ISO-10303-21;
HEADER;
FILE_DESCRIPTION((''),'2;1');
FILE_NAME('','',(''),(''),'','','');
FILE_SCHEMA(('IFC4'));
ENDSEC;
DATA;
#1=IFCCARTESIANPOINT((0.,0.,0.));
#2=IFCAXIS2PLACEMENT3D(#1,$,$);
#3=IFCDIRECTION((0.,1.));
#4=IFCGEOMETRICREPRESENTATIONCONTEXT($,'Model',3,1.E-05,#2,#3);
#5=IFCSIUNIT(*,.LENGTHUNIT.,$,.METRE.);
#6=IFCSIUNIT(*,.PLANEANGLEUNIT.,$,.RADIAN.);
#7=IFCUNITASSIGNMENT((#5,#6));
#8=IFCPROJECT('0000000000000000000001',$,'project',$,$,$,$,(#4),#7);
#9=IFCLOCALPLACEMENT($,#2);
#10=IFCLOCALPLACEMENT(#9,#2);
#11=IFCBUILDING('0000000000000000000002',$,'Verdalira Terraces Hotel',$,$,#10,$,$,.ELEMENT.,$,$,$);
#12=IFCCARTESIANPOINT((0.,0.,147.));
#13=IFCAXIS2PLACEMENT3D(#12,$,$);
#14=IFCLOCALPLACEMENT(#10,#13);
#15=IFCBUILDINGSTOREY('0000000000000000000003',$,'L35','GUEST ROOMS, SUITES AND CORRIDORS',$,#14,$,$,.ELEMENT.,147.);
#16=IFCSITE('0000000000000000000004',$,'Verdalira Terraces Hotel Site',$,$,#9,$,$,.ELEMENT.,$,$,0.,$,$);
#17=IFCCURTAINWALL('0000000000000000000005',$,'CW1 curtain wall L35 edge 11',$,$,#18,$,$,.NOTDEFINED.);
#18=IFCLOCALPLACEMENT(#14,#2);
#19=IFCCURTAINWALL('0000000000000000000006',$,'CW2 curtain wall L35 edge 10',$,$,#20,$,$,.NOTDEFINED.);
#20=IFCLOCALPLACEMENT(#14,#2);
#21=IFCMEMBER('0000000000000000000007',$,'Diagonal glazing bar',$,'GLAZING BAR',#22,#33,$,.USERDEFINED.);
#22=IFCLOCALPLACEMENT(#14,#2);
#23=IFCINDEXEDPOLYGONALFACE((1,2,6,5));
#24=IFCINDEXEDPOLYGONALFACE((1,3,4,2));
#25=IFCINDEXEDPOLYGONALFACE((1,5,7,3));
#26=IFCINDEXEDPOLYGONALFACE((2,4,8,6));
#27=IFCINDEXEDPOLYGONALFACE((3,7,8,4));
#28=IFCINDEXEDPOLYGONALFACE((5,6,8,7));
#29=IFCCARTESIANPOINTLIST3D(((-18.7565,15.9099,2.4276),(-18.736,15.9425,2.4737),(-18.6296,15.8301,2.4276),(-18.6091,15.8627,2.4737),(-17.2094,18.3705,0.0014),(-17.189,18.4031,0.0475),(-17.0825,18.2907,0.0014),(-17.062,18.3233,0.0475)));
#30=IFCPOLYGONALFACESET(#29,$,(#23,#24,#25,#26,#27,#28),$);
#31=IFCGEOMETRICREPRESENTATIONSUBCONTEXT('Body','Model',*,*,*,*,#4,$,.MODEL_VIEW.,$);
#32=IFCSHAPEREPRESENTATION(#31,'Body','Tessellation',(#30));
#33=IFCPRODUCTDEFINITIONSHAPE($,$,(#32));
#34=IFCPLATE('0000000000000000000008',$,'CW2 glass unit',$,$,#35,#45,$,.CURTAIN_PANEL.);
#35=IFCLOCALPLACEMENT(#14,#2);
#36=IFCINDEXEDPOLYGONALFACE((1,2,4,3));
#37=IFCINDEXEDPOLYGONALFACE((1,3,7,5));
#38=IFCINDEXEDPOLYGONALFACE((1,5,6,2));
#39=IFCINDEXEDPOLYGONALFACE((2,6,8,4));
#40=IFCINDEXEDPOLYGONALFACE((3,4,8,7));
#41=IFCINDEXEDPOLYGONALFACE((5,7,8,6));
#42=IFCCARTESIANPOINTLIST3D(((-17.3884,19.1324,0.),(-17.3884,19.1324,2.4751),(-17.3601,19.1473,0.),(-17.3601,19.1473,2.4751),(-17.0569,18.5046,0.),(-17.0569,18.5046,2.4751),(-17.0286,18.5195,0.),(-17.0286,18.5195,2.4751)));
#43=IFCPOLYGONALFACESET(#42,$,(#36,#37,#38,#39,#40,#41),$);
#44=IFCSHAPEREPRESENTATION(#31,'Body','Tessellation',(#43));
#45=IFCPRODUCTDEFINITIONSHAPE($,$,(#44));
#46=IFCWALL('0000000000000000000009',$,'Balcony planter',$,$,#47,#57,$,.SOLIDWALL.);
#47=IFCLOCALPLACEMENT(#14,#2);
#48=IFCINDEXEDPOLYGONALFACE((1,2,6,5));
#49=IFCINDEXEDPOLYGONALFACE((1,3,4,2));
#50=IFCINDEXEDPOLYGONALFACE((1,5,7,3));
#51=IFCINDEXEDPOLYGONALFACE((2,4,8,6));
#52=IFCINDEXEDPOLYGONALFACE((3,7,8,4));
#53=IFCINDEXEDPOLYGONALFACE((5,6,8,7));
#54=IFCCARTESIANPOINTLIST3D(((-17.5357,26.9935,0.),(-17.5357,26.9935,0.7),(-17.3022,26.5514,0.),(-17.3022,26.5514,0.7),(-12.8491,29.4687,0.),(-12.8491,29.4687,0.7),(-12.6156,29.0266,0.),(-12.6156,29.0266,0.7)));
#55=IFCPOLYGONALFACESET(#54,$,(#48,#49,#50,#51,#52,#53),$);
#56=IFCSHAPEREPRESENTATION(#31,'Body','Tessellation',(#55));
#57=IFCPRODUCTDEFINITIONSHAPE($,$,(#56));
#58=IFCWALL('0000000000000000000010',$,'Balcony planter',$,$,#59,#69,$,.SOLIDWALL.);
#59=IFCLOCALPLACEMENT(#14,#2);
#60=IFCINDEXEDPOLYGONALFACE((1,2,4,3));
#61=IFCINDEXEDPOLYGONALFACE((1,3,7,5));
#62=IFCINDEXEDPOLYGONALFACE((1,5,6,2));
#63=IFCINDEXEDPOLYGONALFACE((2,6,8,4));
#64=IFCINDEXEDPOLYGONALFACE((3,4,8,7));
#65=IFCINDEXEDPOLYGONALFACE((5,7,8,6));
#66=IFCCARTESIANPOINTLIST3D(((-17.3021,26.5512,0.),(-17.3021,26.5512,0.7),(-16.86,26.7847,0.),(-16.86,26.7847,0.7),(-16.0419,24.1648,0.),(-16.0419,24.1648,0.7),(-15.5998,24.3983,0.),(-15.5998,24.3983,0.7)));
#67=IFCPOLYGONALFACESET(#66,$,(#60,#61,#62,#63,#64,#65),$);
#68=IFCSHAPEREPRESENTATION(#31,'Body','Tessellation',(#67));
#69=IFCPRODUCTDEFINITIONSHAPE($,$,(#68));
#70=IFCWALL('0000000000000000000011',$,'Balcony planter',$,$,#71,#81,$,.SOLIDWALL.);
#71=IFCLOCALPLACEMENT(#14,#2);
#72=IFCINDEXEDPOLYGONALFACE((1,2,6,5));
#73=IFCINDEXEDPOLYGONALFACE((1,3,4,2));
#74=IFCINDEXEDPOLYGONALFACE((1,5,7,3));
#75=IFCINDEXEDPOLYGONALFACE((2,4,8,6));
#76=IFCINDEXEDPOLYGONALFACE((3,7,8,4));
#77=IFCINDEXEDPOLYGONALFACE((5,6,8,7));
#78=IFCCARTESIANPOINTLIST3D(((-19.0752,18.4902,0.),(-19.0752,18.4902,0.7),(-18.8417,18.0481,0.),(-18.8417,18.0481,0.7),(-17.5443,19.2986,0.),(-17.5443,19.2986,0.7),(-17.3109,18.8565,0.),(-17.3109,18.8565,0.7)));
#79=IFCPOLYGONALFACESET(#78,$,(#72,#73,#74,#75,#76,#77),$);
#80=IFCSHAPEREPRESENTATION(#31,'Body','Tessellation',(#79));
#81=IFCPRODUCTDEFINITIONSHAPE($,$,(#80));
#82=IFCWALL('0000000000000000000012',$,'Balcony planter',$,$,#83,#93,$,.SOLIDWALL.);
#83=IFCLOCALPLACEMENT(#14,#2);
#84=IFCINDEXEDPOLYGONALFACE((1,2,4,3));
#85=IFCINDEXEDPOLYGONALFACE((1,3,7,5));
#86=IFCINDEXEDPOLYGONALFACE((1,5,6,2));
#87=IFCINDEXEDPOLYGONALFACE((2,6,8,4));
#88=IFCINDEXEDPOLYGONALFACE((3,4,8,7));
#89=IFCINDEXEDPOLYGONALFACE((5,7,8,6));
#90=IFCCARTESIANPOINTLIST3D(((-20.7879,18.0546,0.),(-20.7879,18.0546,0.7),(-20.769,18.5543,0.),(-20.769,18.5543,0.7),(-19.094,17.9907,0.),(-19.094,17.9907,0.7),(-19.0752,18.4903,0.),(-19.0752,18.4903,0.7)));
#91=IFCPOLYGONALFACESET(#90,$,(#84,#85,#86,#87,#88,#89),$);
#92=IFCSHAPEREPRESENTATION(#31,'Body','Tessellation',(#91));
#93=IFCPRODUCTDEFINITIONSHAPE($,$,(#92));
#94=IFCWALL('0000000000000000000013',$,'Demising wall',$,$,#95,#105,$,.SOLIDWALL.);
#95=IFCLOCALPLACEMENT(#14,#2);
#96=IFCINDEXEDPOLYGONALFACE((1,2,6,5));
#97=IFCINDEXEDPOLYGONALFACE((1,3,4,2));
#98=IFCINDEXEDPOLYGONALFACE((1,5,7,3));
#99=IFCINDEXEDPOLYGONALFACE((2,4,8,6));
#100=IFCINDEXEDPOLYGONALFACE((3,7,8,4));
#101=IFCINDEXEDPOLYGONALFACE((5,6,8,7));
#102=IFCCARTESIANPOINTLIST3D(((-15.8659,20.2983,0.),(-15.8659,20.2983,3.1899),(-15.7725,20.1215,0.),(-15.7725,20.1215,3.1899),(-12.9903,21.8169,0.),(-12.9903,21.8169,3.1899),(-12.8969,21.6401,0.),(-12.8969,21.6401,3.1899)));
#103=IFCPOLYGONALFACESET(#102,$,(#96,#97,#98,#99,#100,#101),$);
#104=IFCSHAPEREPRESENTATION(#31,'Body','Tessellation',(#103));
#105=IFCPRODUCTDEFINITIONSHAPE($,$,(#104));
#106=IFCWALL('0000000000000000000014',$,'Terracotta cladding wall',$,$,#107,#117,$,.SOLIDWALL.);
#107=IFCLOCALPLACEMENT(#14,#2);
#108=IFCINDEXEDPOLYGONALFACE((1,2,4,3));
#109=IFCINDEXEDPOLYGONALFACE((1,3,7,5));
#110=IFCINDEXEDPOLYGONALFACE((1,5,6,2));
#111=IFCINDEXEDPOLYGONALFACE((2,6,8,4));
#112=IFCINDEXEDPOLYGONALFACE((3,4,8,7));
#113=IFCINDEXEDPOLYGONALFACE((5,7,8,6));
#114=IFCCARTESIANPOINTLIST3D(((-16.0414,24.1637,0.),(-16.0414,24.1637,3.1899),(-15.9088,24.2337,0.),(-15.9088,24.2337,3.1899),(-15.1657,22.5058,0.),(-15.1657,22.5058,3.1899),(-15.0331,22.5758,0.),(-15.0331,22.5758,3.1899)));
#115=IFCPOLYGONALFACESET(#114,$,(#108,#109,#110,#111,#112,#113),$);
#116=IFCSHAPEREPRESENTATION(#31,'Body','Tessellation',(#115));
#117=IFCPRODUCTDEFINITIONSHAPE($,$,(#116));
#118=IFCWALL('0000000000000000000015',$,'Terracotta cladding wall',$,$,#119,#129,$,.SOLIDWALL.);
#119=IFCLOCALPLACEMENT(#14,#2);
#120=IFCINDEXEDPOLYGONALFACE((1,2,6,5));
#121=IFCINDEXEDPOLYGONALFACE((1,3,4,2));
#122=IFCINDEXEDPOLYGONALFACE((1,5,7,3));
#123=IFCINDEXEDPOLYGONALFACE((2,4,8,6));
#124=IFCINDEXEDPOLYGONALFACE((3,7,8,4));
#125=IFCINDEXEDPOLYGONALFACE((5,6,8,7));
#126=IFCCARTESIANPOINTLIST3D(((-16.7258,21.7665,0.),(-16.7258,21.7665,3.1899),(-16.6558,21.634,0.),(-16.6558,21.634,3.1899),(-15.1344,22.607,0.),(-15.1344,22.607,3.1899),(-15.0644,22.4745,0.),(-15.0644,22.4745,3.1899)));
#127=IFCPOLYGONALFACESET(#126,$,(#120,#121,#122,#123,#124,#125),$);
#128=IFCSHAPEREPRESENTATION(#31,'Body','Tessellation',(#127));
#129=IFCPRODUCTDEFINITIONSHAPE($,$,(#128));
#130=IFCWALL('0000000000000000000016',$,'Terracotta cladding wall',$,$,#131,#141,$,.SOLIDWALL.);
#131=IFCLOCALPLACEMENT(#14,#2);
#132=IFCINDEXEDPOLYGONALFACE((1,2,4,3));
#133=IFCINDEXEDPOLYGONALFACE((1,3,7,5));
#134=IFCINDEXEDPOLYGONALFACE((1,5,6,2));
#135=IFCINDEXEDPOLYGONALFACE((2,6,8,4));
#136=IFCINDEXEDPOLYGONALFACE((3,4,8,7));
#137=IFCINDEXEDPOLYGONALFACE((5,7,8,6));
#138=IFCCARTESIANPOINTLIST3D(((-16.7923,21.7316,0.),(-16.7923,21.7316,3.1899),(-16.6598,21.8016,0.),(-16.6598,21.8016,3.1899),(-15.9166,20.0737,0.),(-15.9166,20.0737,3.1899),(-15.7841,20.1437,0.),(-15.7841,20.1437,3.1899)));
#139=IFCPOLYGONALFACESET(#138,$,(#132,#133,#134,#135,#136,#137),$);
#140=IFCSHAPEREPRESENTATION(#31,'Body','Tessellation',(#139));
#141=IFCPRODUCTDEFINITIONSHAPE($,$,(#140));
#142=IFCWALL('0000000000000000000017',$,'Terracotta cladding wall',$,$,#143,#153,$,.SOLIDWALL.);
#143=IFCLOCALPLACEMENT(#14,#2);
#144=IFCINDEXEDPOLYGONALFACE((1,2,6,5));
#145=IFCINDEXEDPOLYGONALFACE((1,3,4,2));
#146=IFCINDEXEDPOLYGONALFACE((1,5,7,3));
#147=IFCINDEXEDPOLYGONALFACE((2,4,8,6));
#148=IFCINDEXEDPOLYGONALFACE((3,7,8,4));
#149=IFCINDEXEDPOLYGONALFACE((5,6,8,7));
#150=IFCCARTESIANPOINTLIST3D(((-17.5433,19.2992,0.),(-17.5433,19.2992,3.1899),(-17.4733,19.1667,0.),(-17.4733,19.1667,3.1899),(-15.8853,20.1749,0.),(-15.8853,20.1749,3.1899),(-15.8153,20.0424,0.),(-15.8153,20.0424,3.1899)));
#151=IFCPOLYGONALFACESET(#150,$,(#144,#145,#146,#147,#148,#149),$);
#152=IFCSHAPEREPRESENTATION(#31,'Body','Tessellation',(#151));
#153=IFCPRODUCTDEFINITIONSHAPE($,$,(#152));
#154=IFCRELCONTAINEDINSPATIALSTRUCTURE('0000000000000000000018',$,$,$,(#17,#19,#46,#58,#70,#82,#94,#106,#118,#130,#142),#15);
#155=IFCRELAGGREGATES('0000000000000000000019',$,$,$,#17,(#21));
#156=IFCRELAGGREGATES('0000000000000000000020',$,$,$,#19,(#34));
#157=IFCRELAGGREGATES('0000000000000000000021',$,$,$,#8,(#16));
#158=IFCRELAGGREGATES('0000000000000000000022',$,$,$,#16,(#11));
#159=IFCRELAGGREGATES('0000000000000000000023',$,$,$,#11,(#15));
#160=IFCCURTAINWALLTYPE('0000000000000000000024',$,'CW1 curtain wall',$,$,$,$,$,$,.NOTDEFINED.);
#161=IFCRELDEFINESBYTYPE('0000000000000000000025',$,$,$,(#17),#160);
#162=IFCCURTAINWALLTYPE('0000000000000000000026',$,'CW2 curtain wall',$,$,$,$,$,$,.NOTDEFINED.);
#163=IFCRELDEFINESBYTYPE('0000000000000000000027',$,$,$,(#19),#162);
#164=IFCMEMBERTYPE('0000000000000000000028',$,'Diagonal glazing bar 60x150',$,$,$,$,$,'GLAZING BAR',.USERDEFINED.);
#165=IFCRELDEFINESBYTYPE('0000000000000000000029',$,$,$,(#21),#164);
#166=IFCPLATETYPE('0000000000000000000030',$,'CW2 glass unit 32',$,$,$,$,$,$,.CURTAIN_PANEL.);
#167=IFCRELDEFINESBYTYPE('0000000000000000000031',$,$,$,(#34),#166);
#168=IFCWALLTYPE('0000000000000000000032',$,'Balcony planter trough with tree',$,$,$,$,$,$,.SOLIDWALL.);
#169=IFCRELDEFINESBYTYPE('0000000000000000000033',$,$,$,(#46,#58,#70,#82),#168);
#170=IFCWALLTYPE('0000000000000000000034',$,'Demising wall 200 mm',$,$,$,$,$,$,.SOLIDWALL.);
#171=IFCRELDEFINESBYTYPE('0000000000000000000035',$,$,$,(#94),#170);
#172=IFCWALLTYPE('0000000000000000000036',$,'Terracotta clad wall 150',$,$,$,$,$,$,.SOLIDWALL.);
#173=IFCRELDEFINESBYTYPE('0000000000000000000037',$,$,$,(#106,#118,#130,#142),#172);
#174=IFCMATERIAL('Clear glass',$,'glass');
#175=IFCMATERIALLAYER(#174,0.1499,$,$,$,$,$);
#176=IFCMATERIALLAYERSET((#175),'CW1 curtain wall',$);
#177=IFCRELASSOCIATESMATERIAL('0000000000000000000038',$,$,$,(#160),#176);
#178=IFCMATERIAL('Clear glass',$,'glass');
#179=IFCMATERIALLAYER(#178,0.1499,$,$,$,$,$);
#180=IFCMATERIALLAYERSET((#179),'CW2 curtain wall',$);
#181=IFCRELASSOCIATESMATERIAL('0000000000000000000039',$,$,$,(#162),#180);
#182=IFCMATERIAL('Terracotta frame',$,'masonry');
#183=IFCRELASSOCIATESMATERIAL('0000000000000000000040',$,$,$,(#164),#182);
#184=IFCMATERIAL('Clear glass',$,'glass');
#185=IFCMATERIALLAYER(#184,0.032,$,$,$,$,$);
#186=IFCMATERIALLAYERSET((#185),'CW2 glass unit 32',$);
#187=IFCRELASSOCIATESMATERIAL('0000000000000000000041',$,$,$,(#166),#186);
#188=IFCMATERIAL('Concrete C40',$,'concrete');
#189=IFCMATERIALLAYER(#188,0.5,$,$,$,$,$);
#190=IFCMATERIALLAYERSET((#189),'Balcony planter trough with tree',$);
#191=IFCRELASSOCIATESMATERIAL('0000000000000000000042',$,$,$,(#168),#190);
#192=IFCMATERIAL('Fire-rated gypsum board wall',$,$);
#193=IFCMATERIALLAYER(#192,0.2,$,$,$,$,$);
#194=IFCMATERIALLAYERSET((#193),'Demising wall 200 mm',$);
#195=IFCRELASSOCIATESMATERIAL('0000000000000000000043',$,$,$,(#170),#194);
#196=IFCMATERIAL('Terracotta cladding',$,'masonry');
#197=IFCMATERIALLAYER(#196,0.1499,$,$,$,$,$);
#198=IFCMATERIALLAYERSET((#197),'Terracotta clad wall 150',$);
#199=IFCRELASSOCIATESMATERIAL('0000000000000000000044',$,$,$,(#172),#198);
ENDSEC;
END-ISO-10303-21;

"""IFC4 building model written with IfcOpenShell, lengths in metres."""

from ifc_helpers import new_model, si_unit, direction, frame, frame_2d, origin, origin_2d, place, context, subcontext, project, spatial, rectangle, extrude, material, layer, layer_set, material_profile, profile_set, type_object, element, aggregate, save


model = new_model("IFC4")

# Units and contexts
model_context = context("Model", 3, precision=1e-05, world=origin(), true_north=direction((0.0, 1.0)))
body_context = subcontext(model_context, "Body", "Model", "MODEL_VIEW")
ifc_project = project(units=[si_unit("LENGTHUNIT", "METRE"), si_unit("PLANEANGLEUNIT", "RADIAN")], contexts=[model_context])

# Site, building, storey
site_placement = place(None, origin())
site = spatial("IfcSite", under=ifc_project, at=site_placement, Name="Verdalira Terraces Hotel Site", CompositionType="ELEMENT", RefElevation=0.0)
building_placement = place(site_placement, origin())
building = spatial("IfcBuilding", under=site, at=building_placement, Name="Verdalira Terraces Hotel", CompositionType="ELEMENT")
storey_placement = place(building_placement, frame((0.0, 0.0, 147.0)))
storey = spatial("IfcBuildingStorey", under=building, at=storey_placement, Name="L35", Description="GUEST ROOMS, SUITES AND CORRIDORS", CompositionType="ELEMENT", Elevation=147.0)

# Curtain walls
ifc_material_1 = material(Name="Clear glass", Category="glass")
ifc_layer_1 = layer(ifc_material_1, 0.1499)
ifc_layer_set_1 = layer_set([ifc_layer_1], Name="CW1 curtain wall")
curtain_wall_type_1 = type_object("IfcCurtainWallType", Name="CW1 curtain wall", PredefinedType="NOTDEFINED", material=ifc_layer_set_1)
curtain_wall_1_placement = place(storey_placement, origin())
curtain_wall_1 = element("IfcCurtainWall", 1, at=curtain_wall_1_placement, inside=storey, type_object=curtain_wall_type_1, Name="CW1 curtain wall L35 edge 11", PredefinedType="NOTDEFINED")
ifc_material_2 = material(Name="Clear glass", Category="glass")
ifc_layer_2 = layer(ifc_material_2, 0.1499)
ifc_layer_set_2 = layer_set([ifc_layer_2], Name="CW2 curtain wall")
curtain_wall_type_2 = type_object("IfcCurtainWallType", Name="CW2 curtain wall", PredefinedType="NOTDEFINED", material=ifc_layer_set_2)
curtain_wall_2_placement = place(storey_placement, origin())
curtain_wall_2 = element("IfcCurtainWall", 2, at=curtain_wall_2_placement, inside=storey, type_object=curtain_wall_type_2, Name="CW2 curtain wall L35 edge 10", PredefinedType="NOTDEFINED")

# Member
ifc_material_3 = material(Name="Terracotta frame", Category="masonry")
ifc_material_profile_1 = material_profile(ifc_material_3, rectangle(XDim=0.1499, YDim=0.0601, at=origin_2d()), Name="GB 60x150")
ifc_profile_set_1 = profile_set([ifc_material_profile_1], Name="Terracotta frame")
member_type_1 = type_object("IfcMemberType", Name="Diagonal glazing bar 60x150", ElementType="GLAZING BAR", PredefinedType="USERDEFINED", material=ifc_profile_set_1)
member_1_placement = place(storey_placement, frame((-17.1357, 18.3469, 0.0244), z_axis=(-0.40862, -0.64991, 0.640818), x_axis=(0.846575, -0.53227, 0.0)))
member_1 = element("IfcMember", 3, at=member_1_placement, type_object=member_type_1, Name="Diagonal glazing bar", ObjectType="GLAZING BAR", PredefinedType="USERDEFINED", context=body_context, shape_type="SweptSolid", body=[
    extrude(rectangle(XDim=0.1499, YDim=0.0601, at=origin_2d()), origin(), (0.0, 0.0, 1.0), 3.7861),
])
aggregate(curtain_wall_1, [member_1])

# Plate
ifc_material_4 = material(Name="Clear glass", Category="glass")
ifc_layer_3 = layer(ifc_material_4, 0.032)
ifc_layer_set_3 = layer_set([ifc_layer_3], Name="CW2 glass unit 32")
plate_type = type_object("IfcPlateType", Name="CW2 glass unit 32", PredefinedType="CURTAIN_PANEL", material=ifc_layer_set_3)
plate_placement = place(storey_placement, frame((-17.2085, 18.8259, 0.0), z_axis=(0.0, 0.0, 1.0), x_axis=(0.467004, -0.884255, 0.0)))
plate = element("IfcPlate", 4, at=plate_placement, type_object=plate_type, Name="CW2 glass unit", PredefinedType="CURTAIN_PANEL", context=body_context, shape_type="SweptSolid", body=[
    extrude(rectangle(XDim=0.71, YDim=0.032, at=origin_2d()), origin(), (0.0, 0.0, 1.0), 2.4751),
])
aggregate(curtain_wall_2, [plate])

# Walls
ifc_material_5 = material(Name="Concrete C40", Category="concrete")
ifc_layer_4 = layer(ifc_material_5, 0.5)
ifc_layer_set_4 = layer_set([ifc_layer_4], Name="Balcony planter trough with tree")
wall_type_1 = type_object("IfcWallType", Name="Balcony planter trough with tree", PredefinedType="SOLIDWALL", material=ifc_layer_set_4)
wall_1_placement = place(storey_placement, frame((-12.7324, 29.2476, 0.0), z_axis=(0.0, 0.0, 1.0), x_axis=(-0.884256, -0.467003, 0.0)))
element("IfcWall", 5, at=wall_1_placement, inside=storey, type_object=wall_type_1, Name="Balcony planter", PredefinedType="SOLIDWALL", context=body_context, shape_type="SweptSolid", body=[
    extrude(rectangle(XDim=5.3, YDim=0.5, at=frame_2d((2.6499, 0.0))), origin(), (0.0, 0.0, 1.0), 0.7),
])
wall_2_placement = place(storey_placement, frame((-17.0811, 26.668, 0.0), z_axis=(0.0, 0.0, 1.0), x_axis=(0.466969, -0.884274, 0.0)))
element("IfcWall", 6, at=wall_2_placement, inside=storey, type_object=wall_type_1, Name="Balcony planter", PredefinedType="SOLIDWALL", context=body_context, shape_type="SweptSolid", body=[
    extrude(rectangle(XDim=2.6987, YDim=0.5, at=frame_2d((1.3494, 0.0))), origin(), (0.0, 0.0, 1.0), 0.7),
])
wall_3_placement = place(storey_placement, frame((-17.4275, 19.0776, 0.0), z_axis=(0.0, 0.0, 1.0), x_axis=(-0.884278, -0.466961, 0.0)))
element("IfcWall", 7, at=wall_3_placement, inside=storey, type_object=wall_type_1, Name="Balcony planter", PredefinedType="SOLIDWALL", context=body_context, shape_type="SweptSolid", body=[
    extrude(rectangle(XDim=1.7312, YDim=0.5, at=frame_2d((0.8657, 0.0))), origin(), (0.0, 0.0, 1.0), 0.7),
])
wall_4_placement = place(storey_placement, frame((-19.0845, 18.2405, 0.0), z_axis=(0.0, 0.0, 1.0), x_axis=(-0.999288, 0.037736, 0.0)))
element("IfcWall", 8, at=wall_4_placement, inside=storey, type_object=wall_type_1, Name="Balcony planter", PredefinedType="SOLIDWALL", context=body_context, shape_type="SweptSolid", body=[
    extrude(rectangle(XDim=1.6951, YDim=0.5, at=frame_2d((0.8477, 0.0))), origin(), (0.0, 0.0, 1.0), 0.7),
])
ifc_material_6 = material(Name="Fire-rated gypsum board wall")
ifc_layer_5 = layer(ifc_material_6, 0.2)
ifc_layer_set_5 = layer_set([ifc_layer_5], Name="Demising wall 200 mm")
wall_type_2 = type_object("IfcWallType", Name="Demising wall 200 mm", PredefinedType="SOLIDWALL", material=ifc_layer_set_5)
wall_5_placement = place(storey_placement, frame((-12.9436, 21.7285, 0.0), z_axis=(0.0, 0.0, 1.0), x_axis=(-0.884266, -0.466984, 0.0)))
element("IfcWall", 9, at=wall_5_placement, inside=storey, type_object=wall_type_2, Name="Demising wall", PredefinedType="SOLIDWALL", context=body_context, shape_type="SweptSolid", body=[
    extrude(rectangle(XDim=3.252, YDim=0.2, at=frame_2d((1.626, 0.0))), origin(), (0.0, 0.0, 1.0), 3.1899),
])
ifc_material_7 = material(Name="Terracotta cladding", Category="masonry")
ifc_layer_6 = layer(ifc_material_7, 0.1499)
ifc_layer_set_6 = layer_set([ifc_layer_6], Name="Terracotta clad wall 150")
wall_type_3 = type_object("IfcWallType", Name="Terracotta clad wall 150", PredefinedType="SOLIDWALL", material=ifc_layer_set_6)
wall_6_placement = place(storey_placement, frame((-15.9751, 24.1987, 0.0), z_axis=(0.0, 0.0, 1.0), x_axis=(0.46705, -0.884231, 0.0)))
element("IfcWall", 10, at=wall_6_placement, inside=storey, type_object=wall_type_3, Name="Terracotta cladding wall", PredefinedType="SOLIDWALL", context=body_context, shape_type="SweptSolid", body=[
    extrude(rectangle(XDim=1.875, YDim=0.1499, at=frame_2d((0.9375, 0.0))), origin(), (0.0, 0.0, 1.0), 3.1899),
])
wall_7_placement = place(storey_placement, frame((-15.0994, 22.5408, 0.0), z_axis=(0.0, 0.0, 1.0), x_axis=(-0.884249, -0.467015, 0.0)))
element("IfcWall", 11, at=wall_7_placement, inside=storey, type_object=wall_type_3, Name="Terracotta cladding wall", PredefinedType="SOLIDWALL", context=body_context, shape_type="SweptSolid", body=[
    extrude(rectangle(XDim=1.7998, YDim=0.1499, at=frame_2d((0.8999, 0.0))), origin(), (0.0, 0.0, 1.0), 3.1899),
])
for number, where, z_axis, x_axis, name in (
    (12, (-16.7261, 21.7666, 0.0), (0.0, 0.0, 1.0), (0.46705, -0.884231, 0.0), "Terracotta cladding wall"),
    (13, (-15.8503, 20.1086, 0.0), (0.0, 0.0, 1.0), (-0.884231, -0.46705, 0.0), "Terracotta cladding wall"),
):
    element("IfcWall", number, at=place(storey_placement, frame(where, z_axis=z_axis, x_axis=x_axis)), inside=storey, type_object=wall_type_3, Name=name, PredefinedType="SOLIDWALL", context=body_context, shape_type="SweptSolid", body=[
        extrude(rectangle(XDim=1.875, YDim=0.1499, at=frame_2d((0.9375, 0.0))), origin(), (0.0, 0.0, 1.0), 3.1899),
    ])

save(model, "model.ifc")
